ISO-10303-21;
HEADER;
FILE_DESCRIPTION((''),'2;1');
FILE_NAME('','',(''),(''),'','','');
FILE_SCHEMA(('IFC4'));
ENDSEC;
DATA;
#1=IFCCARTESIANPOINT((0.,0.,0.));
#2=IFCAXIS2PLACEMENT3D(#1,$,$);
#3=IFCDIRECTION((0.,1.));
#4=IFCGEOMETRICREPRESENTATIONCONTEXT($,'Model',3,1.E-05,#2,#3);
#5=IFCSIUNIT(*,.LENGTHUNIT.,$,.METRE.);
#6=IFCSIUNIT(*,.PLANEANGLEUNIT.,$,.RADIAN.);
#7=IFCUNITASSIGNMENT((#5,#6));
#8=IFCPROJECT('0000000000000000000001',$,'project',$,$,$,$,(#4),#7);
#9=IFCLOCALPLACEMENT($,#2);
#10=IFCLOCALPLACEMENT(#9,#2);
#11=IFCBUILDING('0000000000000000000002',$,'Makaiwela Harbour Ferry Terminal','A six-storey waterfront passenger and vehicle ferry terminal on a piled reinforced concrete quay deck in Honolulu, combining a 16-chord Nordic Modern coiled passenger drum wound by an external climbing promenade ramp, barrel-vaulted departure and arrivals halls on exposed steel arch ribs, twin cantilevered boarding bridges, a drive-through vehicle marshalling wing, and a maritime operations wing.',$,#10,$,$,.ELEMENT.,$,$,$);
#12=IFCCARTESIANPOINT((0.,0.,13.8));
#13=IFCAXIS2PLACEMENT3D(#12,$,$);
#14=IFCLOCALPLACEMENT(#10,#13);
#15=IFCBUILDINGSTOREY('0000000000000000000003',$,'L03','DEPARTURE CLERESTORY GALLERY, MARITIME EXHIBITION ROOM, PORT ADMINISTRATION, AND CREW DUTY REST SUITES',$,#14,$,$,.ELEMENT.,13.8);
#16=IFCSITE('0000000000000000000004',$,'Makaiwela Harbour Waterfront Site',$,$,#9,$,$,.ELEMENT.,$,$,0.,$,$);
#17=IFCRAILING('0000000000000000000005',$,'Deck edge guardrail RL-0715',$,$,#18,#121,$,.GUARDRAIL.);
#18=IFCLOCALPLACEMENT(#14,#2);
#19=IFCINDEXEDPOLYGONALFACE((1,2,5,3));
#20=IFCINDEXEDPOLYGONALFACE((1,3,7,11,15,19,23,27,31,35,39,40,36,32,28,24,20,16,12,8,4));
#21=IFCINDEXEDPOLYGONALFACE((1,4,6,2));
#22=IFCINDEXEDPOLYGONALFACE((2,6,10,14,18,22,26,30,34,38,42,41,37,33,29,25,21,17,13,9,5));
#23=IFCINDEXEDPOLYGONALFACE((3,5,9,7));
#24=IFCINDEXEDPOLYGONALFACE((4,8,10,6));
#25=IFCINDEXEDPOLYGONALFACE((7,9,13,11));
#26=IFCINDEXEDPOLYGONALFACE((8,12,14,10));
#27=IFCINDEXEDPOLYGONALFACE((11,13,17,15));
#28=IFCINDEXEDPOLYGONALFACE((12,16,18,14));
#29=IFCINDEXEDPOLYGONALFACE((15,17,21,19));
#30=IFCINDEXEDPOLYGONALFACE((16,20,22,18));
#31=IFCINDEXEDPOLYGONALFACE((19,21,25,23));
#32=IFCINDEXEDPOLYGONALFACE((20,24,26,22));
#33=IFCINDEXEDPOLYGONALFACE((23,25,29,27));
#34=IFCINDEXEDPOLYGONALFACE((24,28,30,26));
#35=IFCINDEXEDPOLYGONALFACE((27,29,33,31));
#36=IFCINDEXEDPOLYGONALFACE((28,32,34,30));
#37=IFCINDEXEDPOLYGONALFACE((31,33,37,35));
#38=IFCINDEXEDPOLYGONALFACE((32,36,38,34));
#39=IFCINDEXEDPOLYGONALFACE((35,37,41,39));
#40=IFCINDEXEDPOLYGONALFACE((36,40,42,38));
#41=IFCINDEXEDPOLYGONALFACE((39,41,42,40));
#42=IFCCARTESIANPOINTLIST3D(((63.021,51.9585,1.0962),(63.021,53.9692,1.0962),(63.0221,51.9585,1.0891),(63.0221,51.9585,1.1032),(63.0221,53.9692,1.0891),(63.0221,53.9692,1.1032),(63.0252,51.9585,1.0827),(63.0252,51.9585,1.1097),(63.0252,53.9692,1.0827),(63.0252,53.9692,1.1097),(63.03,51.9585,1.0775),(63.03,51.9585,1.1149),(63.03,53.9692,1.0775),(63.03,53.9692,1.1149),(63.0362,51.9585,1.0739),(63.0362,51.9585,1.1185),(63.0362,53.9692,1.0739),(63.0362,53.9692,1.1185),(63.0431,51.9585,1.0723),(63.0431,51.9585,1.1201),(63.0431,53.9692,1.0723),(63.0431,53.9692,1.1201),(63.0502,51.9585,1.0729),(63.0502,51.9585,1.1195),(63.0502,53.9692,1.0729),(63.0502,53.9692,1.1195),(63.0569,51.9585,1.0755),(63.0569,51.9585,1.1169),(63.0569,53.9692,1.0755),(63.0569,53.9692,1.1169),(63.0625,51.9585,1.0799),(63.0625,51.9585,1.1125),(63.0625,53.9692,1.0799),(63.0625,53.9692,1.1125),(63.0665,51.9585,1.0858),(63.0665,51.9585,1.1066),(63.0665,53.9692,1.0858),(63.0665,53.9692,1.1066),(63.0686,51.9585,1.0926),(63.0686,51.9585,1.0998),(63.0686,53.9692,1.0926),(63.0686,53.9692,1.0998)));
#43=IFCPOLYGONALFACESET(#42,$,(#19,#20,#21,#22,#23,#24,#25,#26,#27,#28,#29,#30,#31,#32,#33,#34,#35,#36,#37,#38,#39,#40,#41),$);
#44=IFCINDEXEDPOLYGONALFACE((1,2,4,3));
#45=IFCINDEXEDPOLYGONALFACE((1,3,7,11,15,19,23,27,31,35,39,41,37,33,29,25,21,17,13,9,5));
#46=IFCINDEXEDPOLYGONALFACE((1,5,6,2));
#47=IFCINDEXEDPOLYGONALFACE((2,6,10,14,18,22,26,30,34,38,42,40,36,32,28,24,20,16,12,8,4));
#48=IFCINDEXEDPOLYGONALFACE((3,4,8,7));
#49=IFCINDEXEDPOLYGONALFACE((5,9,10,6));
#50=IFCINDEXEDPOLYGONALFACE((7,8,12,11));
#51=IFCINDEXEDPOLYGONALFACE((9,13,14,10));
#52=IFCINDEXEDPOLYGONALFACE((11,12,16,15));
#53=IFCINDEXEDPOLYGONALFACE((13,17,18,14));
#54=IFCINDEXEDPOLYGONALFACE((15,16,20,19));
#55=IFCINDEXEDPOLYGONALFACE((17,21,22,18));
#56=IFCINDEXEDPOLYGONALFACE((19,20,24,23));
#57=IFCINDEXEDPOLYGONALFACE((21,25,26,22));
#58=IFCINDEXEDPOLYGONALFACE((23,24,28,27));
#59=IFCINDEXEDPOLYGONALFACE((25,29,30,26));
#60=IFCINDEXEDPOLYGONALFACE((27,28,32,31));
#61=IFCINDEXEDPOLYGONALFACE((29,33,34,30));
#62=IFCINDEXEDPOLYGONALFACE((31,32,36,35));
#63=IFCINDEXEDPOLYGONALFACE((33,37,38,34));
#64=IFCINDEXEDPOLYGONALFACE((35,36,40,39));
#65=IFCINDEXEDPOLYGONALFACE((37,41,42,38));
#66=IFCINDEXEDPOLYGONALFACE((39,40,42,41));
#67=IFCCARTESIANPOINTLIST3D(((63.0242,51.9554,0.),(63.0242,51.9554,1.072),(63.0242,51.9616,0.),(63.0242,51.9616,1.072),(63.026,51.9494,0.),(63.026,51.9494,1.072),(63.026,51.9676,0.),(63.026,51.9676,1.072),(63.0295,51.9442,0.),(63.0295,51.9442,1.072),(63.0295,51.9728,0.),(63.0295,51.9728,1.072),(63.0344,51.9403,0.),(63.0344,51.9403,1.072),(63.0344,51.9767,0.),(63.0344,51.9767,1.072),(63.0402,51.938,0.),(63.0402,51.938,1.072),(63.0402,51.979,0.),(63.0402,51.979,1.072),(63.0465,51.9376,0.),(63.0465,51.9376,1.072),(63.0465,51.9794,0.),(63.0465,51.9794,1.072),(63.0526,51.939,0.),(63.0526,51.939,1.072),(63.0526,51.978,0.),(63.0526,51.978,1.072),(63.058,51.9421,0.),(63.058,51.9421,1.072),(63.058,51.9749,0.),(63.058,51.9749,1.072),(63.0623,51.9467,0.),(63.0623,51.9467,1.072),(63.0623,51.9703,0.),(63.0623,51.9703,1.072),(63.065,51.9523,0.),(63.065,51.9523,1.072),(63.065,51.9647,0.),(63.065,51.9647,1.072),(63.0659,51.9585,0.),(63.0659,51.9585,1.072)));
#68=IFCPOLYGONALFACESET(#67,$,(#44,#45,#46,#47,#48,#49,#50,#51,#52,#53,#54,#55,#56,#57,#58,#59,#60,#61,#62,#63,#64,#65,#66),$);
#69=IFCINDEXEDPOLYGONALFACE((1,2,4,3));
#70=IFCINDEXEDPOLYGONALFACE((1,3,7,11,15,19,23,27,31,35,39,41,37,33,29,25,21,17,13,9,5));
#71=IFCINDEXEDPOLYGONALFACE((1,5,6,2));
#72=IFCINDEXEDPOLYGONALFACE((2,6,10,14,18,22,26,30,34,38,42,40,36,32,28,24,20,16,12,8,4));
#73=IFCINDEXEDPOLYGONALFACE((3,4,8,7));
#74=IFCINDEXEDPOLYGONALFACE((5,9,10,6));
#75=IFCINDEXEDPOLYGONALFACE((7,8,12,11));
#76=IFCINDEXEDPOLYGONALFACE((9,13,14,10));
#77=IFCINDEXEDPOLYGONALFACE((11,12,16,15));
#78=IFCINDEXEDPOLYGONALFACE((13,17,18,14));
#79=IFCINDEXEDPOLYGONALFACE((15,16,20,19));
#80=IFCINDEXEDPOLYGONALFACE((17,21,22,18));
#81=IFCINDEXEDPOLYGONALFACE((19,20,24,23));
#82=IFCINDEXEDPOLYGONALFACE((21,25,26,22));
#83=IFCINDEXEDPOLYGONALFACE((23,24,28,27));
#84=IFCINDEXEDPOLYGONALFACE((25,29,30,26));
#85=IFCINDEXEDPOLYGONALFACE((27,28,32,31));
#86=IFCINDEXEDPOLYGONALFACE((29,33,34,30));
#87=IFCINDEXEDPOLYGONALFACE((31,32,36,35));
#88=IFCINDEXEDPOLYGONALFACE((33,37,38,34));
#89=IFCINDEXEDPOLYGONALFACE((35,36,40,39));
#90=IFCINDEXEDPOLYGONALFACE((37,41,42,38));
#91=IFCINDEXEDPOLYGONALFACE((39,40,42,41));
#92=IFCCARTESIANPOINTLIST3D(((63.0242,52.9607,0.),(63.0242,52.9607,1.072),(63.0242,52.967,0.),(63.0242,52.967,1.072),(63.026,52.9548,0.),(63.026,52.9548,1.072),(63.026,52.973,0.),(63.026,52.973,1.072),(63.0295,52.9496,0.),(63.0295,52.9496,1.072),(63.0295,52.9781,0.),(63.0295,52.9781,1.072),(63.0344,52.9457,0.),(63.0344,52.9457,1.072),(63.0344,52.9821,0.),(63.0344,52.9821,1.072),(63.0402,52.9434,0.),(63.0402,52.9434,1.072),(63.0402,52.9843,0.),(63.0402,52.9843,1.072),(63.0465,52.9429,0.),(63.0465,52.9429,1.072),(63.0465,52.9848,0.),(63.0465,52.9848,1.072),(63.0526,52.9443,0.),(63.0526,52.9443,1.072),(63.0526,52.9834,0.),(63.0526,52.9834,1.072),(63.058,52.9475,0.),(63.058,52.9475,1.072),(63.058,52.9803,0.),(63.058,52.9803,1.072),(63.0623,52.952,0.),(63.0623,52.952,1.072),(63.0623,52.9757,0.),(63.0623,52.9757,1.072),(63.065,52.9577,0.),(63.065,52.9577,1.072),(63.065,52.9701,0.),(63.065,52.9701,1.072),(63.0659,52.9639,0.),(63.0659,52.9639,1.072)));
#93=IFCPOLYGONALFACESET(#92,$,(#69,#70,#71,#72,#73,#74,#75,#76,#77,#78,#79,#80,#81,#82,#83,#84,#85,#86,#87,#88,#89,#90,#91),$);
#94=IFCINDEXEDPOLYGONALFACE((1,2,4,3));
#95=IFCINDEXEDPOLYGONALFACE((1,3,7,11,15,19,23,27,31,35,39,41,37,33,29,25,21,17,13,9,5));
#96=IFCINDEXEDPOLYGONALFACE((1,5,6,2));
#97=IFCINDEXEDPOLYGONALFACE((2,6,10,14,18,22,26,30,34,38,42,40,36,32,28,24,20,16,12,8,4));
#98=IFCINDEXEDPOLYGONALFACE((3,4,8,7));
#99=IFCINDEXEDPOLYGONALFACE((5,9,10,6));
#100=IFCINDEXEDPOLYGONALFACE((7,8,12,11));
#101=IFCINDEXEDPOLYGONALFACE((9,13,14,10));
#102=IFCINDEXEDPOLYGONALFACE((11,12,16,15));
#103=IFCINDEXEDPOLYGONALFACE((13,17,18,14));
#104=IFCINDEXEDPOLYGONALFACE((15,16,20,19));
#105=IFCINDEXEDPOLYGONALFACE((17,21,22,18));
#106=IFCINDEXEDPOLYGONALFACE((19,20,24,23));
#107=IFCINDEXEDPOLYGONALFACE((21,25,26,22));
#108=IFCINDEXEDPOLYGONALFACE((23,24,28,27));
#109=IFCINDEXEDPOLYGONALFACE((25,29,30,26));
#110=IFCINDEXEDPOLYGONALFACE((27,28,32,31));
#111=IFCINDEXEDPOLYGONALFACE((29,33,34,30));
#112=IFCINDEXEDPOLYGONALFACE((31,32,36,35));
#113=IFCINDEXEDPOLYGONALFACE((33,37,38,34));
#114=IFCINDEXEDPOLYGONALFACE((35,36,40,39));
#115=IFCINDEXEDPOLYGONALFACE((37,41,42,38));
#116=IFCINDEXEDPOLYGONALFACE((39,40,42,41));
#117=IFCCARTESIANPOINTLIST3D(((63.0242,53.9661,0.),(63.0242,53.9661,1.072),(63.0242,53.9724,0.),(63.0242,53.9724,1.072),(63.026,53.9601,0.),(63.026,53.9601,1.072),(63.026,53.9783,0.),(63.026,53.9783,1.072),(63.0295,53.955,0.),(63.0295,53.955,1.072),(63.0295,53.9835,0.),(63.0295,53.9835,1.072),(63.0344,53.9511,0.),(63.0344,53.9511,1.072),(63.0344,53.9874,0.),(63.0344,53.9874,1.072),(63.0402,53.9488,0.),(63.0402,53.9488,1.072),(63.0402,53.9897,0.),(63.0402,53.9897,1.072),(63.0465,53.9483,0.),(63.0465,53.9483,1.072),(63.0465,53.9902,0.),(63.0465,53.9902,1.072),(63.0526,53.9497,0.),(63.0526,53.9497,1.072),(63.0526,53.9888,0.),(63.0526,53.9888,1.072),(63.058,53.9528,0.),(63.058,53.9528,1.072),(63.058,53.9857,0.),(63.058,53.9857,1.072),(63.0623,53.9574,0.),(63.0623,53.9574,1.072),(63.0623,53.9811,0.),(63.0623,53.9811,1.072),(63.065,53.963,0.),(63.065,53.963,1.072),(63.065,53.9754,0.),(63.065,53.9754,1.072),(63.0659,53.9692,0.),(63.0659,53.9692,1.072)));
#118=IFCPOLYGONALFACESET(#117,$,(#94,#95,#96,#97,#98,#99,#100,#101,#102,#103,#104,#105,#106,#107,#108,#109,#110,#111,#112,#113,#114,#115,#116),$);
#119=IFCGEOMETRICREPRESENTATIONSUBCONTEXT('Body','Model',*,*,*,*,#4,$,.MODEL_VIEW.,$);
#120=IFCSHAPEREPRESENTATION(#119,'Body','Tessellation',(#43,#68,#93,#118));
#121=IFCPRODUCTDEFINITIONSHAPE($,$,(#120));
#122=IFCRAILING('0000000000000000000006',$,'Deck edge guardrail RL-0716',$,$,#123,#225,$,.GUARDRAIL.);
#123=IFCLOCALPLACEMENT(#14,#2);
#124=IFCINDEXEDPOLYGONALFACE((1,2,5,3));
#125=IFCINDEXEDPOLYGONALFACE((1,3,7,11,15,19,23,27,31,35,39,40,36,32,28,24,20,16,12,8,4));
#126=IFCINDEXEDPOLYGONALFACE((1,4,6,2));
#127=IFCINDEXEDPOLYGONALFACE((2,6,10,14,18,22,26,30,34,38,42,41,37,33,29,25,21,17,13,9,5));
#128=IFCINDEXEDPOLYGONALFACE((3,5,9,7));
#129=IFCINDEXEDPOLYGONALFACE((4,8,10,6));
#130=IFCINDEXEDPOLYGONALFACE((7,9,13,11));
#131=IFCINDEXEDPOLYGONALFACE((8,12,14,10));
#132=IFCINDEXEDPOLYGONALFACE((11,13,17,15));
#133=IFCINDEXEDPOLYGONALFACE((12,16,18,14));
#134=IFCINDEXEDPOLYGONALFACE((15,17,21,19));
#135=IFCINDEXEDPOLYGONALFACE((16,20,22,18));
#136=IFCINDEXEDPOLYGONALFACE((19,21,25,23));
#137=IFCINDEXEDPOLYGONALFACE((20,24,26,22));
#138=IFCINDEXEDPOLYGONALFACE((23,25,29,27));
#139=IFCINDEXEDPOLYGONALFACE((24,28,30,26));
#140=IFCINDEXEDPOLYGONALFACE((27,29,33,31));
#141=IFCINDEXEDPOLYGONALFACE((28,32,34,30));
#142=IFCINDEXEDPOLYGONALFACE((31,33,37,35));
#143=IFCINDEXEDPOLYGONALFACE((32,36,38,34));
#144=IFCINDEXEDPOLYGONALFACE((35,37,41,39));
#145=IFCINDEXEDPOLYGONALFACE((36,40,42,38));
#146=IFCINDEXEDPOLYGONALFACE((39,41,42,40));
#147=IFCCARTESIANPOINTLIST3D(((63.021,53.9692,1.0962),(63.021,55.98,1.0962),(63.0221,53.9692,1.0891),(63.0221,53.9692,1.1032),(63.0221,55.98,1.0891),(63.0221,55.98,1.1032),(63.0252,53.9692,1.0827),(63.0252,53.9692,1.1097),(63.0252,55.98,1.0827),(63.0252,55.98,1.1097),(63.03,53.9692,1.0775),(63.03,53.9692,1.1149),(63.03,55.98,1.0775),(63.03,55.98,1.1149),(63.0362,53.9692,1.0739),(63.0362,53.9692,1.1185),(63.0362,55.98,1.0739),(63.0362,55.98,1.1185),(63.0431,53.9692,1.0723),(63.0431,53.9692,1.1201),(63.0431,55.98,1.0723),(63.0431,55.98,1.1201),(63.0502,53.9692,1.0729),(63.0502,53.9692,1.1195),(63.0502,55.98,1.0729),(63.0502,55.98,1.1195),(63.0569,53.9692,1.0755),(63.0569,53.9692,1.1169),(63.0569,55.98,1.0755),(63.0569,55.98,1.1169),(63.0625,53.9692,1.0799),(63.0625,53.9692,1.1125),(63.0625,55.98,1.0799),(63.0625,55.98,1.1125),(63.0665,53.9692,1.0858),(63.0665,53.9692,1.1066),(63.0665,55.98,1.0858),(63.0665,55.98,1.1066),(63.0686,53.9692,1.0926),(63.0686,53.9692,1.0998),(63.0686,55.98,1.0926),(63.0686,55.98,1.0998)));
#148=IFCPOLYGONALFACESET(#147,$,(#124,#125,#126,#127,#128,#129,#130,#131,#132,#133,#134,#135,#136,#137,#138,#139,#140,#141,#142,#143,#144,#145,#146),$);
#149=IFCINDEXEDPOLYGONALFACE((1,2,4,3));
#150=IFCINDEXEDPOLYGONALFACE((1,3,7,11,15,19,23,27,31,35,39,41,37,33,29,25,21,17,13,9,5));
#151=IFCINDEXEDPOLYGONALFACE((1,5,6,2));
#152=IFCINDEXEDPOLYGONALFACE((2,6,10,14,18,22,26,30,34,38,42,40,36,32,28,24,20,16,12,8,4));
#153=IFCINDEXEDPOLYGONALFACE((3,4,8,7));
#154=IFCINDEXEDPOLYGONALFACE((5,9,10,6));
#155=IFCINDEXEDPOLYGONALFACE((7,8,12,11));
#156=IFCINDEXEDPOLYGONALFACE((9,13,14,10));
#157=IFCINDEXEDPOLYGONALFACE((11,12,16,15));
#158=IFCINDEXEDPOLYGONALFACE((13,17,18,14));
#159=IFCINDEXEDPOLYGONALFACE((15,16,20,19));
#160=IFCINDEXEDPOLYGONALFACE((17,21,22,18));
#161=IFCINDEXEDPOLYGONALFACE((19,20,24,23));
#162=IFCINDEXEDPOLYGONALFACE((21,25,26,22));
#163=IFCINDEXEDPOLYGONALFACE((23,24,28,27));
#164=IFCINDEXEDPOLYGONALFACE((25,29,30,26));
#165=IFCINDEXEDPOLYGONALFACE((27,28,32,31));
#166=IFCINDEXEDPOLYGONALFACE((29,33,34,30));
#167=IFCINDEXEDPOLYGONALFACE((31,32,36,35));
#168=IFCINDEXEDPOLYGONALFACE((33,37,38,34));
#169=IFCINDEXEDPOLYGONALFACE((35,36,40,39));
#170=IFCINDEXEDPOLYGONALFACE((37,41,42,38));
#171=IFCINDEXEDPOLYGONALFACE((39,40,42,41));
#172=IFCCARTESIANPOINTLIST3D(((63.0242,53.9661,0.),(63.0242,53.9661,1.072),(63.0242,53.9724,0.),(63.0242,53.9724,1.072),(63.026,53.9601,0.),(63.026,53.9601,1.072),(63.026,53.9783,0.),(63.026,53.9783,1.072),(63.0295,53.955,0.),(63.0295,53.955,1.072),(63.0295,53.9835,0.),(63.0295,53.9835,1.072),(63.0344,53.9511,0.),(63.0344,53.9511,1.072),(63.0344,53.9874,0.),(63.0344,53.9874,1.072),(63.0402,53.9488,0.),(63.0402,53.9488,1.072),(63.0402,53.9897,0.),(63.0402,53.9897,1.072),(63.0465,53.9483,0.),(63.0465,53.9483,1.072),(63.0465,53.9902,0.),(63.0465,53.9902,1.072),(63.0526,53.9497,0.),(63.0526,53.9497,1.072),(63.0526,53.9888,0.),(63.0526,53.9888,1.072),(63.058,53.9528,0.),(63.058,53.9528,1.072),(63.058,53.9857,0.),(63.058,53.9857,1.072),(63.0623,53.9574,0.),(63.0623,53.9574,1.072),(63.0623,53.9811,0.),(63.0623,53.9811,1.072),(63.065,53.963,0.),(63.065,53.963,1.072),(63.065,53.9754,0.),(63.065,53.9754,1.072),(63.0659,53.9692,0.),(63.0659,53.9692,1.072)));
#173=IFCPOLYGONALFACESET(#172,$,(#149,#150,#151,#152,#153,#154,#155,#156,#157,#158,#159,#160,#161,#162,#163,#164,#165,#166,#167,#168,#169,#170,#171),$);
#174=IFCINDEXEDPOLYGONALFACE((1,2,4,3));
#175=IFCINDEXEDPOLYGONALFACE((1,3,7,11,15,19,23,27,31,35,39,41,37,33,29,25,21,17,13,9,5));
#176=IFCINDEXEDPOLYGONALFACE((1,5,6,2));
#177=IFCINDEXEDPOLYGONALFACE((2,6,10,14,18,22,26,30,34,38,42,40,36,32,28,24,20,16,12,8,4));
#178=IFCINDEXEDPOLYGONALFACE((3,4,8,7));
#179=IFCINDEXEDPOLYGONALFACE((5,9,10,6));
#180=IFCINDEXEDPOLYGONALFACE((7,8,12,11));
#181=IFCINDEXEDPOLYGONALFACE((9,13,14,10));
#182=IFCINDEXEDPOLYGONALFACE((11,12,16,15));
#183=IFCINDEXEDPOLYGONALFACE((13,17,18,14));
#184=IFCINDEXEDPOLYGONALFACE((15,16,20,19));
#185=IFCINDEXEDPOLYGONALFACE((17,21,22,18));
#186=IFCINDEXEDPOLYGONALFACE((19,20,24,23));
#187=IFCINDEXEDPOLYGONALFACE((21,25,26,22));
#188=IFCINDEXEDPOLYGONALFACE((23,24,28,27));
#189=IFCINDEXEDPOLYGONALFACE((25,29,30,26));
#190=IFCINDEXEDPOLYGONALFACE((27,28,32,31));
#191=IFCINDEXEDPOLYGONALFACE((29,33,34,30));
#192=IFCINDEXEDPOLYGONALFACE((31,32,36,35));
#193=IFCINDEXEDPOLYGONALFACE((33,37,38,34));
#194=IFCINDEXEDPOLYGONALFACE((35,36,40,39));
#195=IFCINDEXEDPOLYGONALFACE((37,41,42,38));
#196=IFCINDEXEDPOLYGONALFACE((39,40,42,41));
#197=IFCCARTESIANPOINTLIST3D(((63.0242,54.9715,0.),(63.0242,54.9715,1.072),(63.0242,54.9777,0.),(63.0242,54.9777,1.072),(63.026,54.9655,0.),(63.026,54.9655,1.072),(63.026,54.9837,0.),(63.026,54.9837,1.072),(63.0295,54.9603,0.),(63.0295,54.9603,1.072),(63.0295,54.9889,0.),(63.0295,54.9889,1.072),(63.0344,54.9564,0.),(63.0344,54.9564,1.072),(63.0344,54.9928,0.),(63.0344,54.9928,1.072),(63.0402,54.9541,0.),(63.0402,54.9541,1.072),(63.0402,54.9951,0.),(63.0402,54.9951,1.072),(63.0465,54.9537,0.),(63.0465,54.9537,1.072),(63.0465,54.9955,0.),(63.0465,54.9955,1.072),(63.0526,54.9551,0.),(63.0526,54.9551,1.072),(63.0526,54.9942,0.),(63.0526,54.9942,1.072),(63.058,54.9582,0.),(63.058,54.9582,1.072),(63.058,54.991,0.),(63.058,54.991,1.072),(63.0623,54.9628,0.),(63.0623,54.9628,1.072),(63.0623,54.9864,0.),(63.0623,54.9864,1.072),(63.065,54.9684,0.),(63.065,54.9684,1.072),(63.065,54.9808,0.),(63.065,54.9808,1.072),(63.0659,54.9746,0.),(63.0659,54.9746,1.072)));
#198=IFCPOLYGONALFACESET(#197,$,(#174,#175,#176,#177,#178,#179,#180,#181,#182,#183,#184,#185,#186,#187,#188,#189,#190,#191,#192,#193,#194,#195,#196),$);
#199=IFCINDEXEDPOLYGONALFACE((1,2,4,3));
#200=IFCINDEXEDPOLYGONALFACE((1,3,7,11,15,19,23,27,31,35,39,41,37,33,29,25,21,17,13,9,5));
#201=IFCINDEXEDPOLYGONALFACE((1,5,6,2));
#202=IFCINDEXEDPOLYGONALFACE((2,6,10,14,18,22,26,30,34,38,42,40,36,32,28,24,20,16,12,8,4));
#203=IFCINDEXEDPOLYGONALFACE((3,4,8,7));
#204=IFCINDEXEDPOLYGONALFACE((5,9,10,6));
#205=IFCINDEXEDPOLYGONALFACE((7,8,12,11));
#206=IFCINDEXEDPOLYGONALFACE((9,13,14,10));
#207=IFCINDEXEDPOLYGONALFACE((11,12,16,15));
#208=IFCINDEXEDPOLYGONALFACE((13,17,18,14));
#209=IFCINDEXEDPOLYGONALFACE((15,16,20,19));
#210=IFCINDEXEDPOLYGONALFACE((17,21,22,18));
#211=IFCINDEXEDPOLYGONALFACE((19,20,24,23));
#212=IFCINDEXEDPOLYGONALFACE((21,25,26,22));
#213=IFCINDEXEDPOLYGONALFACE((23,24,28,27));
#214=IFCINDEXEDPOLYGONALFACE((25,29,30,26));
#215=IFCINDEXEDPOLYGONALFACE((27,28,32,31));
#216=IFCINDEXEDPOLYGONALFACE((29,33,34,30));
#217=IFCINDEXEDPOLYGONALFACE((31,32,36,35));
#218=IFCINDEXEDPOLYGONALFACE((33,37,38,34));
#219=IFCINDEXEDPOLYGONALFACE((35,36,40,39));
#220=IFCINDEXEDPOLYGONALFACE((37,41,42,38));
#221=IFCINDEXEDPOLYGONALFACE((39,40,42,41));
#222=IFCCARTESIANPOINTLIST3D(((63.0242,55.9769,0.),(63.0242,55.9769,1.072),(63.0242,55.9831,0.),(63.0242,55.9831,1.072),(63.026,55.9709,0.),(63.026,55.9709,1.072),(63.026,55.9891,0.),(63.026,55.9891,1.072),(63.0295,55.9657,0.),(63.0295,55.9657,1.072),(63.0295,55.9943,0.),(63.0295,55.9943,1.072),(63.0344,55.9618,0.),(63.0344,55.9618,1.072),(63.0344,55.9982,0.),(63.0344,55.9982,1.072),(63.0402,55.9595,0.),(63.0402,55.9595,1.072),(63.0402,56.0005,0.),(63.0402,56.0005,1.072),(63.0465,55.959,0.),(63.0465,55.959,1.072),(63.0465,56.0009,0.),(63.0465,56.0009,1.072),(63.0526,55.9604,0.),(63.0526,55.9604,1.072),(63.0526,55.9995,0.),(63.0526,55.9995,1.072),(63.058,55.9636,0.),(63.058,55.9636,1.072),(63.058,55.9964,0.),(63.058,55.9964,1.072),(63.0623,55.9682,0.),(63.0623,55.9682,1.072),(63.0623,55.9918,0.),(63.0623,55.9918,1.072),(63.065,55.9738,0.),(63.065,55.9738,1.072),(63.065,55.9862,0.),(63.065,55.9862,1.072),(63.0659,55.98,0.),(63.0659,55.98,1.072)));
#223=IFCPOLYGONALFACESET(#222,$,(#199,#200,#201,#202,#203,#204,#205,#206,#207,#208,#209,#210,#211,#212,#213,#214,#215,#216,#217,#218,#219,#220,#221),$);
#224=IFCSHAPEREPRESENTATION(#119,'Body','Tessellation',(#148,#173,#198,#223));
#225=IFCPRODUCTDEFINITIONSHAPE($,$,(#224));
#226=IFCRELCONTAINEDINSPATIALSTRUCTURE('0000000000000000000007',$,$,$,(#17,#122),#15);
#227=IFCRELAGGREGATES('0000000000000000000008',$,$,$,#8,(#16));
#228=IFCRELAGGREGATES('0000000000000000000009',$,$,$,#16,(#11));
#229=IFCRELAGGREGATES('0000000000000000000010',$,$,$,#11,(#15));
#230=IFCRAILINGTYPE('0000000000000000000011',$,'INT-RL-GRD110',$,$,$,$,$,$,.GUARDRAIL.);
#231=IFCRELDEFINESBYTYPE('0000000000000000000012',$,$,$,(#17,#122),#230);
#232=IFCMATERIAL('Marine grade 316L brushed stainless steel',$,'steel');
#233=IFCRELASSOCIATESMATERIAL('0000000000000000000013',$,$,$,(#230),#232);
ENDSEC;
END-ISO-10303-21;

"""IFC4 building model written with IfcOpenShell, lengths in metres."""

from ifc_helpers import new_model, si_unit, direction, frame, origin, origin_2d, place, context, subcontext, project, spatial, circle, extrude, material, type_object, element, save


model = new_model("IFC4")

# Units and contexts
model_context = context("Model", 3, precision=1e-05, world=origin(), true_north=direction((0.0, 1.0)))
body_context = subcontext(model_context, "Body", "Model", "MODEL_VIEW")
ifc_project = project(units=[si_unit("LENGTHUNIT", "METRE"), si_unit("PLANEANGLEUNIT", "RADIAN")], contexts=[model_context])

# Site, building, storey
site_placement = place(None, origin())
site = spatial("IfcSite", under=ifc_project, at=site_placement, Name="Makaiwela Harbour Waterfront Site", CompositionType="ELEMENT", RefElevation=0.0)
building_placement = place(site_placement, origin())
building = spatial("IfcBuilding", under=site, at=building_placement, Name="Makaiwela Harbour Ferry Terminal", Description="A six-storey waterfront passenger and vehicle ferry terminal on a piled reinforced concrete quay deck in Honolulu, combining a 16-chord Nordic Modern coiled passenger drum wound by an external climbing promenade ramp, barrel-vaulted departure and arrivals halls on exposed steel arch ribs, twin cantilevered boarding bridges, a drive-through vehicle marshalling wing, and a maritime operations wing.", CompositionType="ELEMENT")
storey_placement = place(building_placement, frame((0.0, 0.0, 13.8)))
storey = spatial("IfcBuildingStorey", under=building, at=storey_placement, Name="L03", Description="DEPARTURE CLERESTORY GALLERY, MARITIME EXHIBITION ROOM, PORT ADMINISTRATION, AND CREW DUTY REST SUITES", CompositionType="ELEMENT", Elevation=13.8)

# Railings
ifc_material_1 = material(Name="Marine grade 316L brushed stainless steel", Category="steel")
railing_type = type_object("IfcRailingType", Name="INT-RL-GRD110", PredefinedType="GUARDRAIL", material=ifc_material_1)
for number, where, name in (
    (1, (63.0449, 51.9585, 0.0), "Deck edge guardrail RL-0715"),
    (2, (63.0449, 53.9692, 0.0), "Deck edge guardrail RL-0716"),
):
    element("IfcRailing", number, at=place(storey_placement, frame(where)), inside=storey, type_object=railing_type, Name=name, PredefinedType="GUARDRAIL", context=body_context, shape_type="SweptSolid", body=[
        extrude(circle(Radius=0.0239, at=origin_2d()), frame((0.0, 0.0, 1.0962), z_axis=(0.0, 1.0, 0.0), x_axis=(-1.0, 0.0, 0.0)), (0.0, 0.0, 1.0), 2.0107),
        extrude(circle(Radius=0.021, at=origin_2d()), origin(), (0.0, 0.0, 1.0), 1.072),
        extrude(circle(Radius=0.021, at=origin_2d()), frame((0.0, 1.0054, 0.0)), (0.0, 0.0, 1.0), 1.072),
        extrude(circle(Radius=0.021, at=origin_2d()), frame((0.0, 2.0107, 0.0)), (0.0, 0.0, 1.0), 1.072),
    ])

save(model, "model.ifc")
